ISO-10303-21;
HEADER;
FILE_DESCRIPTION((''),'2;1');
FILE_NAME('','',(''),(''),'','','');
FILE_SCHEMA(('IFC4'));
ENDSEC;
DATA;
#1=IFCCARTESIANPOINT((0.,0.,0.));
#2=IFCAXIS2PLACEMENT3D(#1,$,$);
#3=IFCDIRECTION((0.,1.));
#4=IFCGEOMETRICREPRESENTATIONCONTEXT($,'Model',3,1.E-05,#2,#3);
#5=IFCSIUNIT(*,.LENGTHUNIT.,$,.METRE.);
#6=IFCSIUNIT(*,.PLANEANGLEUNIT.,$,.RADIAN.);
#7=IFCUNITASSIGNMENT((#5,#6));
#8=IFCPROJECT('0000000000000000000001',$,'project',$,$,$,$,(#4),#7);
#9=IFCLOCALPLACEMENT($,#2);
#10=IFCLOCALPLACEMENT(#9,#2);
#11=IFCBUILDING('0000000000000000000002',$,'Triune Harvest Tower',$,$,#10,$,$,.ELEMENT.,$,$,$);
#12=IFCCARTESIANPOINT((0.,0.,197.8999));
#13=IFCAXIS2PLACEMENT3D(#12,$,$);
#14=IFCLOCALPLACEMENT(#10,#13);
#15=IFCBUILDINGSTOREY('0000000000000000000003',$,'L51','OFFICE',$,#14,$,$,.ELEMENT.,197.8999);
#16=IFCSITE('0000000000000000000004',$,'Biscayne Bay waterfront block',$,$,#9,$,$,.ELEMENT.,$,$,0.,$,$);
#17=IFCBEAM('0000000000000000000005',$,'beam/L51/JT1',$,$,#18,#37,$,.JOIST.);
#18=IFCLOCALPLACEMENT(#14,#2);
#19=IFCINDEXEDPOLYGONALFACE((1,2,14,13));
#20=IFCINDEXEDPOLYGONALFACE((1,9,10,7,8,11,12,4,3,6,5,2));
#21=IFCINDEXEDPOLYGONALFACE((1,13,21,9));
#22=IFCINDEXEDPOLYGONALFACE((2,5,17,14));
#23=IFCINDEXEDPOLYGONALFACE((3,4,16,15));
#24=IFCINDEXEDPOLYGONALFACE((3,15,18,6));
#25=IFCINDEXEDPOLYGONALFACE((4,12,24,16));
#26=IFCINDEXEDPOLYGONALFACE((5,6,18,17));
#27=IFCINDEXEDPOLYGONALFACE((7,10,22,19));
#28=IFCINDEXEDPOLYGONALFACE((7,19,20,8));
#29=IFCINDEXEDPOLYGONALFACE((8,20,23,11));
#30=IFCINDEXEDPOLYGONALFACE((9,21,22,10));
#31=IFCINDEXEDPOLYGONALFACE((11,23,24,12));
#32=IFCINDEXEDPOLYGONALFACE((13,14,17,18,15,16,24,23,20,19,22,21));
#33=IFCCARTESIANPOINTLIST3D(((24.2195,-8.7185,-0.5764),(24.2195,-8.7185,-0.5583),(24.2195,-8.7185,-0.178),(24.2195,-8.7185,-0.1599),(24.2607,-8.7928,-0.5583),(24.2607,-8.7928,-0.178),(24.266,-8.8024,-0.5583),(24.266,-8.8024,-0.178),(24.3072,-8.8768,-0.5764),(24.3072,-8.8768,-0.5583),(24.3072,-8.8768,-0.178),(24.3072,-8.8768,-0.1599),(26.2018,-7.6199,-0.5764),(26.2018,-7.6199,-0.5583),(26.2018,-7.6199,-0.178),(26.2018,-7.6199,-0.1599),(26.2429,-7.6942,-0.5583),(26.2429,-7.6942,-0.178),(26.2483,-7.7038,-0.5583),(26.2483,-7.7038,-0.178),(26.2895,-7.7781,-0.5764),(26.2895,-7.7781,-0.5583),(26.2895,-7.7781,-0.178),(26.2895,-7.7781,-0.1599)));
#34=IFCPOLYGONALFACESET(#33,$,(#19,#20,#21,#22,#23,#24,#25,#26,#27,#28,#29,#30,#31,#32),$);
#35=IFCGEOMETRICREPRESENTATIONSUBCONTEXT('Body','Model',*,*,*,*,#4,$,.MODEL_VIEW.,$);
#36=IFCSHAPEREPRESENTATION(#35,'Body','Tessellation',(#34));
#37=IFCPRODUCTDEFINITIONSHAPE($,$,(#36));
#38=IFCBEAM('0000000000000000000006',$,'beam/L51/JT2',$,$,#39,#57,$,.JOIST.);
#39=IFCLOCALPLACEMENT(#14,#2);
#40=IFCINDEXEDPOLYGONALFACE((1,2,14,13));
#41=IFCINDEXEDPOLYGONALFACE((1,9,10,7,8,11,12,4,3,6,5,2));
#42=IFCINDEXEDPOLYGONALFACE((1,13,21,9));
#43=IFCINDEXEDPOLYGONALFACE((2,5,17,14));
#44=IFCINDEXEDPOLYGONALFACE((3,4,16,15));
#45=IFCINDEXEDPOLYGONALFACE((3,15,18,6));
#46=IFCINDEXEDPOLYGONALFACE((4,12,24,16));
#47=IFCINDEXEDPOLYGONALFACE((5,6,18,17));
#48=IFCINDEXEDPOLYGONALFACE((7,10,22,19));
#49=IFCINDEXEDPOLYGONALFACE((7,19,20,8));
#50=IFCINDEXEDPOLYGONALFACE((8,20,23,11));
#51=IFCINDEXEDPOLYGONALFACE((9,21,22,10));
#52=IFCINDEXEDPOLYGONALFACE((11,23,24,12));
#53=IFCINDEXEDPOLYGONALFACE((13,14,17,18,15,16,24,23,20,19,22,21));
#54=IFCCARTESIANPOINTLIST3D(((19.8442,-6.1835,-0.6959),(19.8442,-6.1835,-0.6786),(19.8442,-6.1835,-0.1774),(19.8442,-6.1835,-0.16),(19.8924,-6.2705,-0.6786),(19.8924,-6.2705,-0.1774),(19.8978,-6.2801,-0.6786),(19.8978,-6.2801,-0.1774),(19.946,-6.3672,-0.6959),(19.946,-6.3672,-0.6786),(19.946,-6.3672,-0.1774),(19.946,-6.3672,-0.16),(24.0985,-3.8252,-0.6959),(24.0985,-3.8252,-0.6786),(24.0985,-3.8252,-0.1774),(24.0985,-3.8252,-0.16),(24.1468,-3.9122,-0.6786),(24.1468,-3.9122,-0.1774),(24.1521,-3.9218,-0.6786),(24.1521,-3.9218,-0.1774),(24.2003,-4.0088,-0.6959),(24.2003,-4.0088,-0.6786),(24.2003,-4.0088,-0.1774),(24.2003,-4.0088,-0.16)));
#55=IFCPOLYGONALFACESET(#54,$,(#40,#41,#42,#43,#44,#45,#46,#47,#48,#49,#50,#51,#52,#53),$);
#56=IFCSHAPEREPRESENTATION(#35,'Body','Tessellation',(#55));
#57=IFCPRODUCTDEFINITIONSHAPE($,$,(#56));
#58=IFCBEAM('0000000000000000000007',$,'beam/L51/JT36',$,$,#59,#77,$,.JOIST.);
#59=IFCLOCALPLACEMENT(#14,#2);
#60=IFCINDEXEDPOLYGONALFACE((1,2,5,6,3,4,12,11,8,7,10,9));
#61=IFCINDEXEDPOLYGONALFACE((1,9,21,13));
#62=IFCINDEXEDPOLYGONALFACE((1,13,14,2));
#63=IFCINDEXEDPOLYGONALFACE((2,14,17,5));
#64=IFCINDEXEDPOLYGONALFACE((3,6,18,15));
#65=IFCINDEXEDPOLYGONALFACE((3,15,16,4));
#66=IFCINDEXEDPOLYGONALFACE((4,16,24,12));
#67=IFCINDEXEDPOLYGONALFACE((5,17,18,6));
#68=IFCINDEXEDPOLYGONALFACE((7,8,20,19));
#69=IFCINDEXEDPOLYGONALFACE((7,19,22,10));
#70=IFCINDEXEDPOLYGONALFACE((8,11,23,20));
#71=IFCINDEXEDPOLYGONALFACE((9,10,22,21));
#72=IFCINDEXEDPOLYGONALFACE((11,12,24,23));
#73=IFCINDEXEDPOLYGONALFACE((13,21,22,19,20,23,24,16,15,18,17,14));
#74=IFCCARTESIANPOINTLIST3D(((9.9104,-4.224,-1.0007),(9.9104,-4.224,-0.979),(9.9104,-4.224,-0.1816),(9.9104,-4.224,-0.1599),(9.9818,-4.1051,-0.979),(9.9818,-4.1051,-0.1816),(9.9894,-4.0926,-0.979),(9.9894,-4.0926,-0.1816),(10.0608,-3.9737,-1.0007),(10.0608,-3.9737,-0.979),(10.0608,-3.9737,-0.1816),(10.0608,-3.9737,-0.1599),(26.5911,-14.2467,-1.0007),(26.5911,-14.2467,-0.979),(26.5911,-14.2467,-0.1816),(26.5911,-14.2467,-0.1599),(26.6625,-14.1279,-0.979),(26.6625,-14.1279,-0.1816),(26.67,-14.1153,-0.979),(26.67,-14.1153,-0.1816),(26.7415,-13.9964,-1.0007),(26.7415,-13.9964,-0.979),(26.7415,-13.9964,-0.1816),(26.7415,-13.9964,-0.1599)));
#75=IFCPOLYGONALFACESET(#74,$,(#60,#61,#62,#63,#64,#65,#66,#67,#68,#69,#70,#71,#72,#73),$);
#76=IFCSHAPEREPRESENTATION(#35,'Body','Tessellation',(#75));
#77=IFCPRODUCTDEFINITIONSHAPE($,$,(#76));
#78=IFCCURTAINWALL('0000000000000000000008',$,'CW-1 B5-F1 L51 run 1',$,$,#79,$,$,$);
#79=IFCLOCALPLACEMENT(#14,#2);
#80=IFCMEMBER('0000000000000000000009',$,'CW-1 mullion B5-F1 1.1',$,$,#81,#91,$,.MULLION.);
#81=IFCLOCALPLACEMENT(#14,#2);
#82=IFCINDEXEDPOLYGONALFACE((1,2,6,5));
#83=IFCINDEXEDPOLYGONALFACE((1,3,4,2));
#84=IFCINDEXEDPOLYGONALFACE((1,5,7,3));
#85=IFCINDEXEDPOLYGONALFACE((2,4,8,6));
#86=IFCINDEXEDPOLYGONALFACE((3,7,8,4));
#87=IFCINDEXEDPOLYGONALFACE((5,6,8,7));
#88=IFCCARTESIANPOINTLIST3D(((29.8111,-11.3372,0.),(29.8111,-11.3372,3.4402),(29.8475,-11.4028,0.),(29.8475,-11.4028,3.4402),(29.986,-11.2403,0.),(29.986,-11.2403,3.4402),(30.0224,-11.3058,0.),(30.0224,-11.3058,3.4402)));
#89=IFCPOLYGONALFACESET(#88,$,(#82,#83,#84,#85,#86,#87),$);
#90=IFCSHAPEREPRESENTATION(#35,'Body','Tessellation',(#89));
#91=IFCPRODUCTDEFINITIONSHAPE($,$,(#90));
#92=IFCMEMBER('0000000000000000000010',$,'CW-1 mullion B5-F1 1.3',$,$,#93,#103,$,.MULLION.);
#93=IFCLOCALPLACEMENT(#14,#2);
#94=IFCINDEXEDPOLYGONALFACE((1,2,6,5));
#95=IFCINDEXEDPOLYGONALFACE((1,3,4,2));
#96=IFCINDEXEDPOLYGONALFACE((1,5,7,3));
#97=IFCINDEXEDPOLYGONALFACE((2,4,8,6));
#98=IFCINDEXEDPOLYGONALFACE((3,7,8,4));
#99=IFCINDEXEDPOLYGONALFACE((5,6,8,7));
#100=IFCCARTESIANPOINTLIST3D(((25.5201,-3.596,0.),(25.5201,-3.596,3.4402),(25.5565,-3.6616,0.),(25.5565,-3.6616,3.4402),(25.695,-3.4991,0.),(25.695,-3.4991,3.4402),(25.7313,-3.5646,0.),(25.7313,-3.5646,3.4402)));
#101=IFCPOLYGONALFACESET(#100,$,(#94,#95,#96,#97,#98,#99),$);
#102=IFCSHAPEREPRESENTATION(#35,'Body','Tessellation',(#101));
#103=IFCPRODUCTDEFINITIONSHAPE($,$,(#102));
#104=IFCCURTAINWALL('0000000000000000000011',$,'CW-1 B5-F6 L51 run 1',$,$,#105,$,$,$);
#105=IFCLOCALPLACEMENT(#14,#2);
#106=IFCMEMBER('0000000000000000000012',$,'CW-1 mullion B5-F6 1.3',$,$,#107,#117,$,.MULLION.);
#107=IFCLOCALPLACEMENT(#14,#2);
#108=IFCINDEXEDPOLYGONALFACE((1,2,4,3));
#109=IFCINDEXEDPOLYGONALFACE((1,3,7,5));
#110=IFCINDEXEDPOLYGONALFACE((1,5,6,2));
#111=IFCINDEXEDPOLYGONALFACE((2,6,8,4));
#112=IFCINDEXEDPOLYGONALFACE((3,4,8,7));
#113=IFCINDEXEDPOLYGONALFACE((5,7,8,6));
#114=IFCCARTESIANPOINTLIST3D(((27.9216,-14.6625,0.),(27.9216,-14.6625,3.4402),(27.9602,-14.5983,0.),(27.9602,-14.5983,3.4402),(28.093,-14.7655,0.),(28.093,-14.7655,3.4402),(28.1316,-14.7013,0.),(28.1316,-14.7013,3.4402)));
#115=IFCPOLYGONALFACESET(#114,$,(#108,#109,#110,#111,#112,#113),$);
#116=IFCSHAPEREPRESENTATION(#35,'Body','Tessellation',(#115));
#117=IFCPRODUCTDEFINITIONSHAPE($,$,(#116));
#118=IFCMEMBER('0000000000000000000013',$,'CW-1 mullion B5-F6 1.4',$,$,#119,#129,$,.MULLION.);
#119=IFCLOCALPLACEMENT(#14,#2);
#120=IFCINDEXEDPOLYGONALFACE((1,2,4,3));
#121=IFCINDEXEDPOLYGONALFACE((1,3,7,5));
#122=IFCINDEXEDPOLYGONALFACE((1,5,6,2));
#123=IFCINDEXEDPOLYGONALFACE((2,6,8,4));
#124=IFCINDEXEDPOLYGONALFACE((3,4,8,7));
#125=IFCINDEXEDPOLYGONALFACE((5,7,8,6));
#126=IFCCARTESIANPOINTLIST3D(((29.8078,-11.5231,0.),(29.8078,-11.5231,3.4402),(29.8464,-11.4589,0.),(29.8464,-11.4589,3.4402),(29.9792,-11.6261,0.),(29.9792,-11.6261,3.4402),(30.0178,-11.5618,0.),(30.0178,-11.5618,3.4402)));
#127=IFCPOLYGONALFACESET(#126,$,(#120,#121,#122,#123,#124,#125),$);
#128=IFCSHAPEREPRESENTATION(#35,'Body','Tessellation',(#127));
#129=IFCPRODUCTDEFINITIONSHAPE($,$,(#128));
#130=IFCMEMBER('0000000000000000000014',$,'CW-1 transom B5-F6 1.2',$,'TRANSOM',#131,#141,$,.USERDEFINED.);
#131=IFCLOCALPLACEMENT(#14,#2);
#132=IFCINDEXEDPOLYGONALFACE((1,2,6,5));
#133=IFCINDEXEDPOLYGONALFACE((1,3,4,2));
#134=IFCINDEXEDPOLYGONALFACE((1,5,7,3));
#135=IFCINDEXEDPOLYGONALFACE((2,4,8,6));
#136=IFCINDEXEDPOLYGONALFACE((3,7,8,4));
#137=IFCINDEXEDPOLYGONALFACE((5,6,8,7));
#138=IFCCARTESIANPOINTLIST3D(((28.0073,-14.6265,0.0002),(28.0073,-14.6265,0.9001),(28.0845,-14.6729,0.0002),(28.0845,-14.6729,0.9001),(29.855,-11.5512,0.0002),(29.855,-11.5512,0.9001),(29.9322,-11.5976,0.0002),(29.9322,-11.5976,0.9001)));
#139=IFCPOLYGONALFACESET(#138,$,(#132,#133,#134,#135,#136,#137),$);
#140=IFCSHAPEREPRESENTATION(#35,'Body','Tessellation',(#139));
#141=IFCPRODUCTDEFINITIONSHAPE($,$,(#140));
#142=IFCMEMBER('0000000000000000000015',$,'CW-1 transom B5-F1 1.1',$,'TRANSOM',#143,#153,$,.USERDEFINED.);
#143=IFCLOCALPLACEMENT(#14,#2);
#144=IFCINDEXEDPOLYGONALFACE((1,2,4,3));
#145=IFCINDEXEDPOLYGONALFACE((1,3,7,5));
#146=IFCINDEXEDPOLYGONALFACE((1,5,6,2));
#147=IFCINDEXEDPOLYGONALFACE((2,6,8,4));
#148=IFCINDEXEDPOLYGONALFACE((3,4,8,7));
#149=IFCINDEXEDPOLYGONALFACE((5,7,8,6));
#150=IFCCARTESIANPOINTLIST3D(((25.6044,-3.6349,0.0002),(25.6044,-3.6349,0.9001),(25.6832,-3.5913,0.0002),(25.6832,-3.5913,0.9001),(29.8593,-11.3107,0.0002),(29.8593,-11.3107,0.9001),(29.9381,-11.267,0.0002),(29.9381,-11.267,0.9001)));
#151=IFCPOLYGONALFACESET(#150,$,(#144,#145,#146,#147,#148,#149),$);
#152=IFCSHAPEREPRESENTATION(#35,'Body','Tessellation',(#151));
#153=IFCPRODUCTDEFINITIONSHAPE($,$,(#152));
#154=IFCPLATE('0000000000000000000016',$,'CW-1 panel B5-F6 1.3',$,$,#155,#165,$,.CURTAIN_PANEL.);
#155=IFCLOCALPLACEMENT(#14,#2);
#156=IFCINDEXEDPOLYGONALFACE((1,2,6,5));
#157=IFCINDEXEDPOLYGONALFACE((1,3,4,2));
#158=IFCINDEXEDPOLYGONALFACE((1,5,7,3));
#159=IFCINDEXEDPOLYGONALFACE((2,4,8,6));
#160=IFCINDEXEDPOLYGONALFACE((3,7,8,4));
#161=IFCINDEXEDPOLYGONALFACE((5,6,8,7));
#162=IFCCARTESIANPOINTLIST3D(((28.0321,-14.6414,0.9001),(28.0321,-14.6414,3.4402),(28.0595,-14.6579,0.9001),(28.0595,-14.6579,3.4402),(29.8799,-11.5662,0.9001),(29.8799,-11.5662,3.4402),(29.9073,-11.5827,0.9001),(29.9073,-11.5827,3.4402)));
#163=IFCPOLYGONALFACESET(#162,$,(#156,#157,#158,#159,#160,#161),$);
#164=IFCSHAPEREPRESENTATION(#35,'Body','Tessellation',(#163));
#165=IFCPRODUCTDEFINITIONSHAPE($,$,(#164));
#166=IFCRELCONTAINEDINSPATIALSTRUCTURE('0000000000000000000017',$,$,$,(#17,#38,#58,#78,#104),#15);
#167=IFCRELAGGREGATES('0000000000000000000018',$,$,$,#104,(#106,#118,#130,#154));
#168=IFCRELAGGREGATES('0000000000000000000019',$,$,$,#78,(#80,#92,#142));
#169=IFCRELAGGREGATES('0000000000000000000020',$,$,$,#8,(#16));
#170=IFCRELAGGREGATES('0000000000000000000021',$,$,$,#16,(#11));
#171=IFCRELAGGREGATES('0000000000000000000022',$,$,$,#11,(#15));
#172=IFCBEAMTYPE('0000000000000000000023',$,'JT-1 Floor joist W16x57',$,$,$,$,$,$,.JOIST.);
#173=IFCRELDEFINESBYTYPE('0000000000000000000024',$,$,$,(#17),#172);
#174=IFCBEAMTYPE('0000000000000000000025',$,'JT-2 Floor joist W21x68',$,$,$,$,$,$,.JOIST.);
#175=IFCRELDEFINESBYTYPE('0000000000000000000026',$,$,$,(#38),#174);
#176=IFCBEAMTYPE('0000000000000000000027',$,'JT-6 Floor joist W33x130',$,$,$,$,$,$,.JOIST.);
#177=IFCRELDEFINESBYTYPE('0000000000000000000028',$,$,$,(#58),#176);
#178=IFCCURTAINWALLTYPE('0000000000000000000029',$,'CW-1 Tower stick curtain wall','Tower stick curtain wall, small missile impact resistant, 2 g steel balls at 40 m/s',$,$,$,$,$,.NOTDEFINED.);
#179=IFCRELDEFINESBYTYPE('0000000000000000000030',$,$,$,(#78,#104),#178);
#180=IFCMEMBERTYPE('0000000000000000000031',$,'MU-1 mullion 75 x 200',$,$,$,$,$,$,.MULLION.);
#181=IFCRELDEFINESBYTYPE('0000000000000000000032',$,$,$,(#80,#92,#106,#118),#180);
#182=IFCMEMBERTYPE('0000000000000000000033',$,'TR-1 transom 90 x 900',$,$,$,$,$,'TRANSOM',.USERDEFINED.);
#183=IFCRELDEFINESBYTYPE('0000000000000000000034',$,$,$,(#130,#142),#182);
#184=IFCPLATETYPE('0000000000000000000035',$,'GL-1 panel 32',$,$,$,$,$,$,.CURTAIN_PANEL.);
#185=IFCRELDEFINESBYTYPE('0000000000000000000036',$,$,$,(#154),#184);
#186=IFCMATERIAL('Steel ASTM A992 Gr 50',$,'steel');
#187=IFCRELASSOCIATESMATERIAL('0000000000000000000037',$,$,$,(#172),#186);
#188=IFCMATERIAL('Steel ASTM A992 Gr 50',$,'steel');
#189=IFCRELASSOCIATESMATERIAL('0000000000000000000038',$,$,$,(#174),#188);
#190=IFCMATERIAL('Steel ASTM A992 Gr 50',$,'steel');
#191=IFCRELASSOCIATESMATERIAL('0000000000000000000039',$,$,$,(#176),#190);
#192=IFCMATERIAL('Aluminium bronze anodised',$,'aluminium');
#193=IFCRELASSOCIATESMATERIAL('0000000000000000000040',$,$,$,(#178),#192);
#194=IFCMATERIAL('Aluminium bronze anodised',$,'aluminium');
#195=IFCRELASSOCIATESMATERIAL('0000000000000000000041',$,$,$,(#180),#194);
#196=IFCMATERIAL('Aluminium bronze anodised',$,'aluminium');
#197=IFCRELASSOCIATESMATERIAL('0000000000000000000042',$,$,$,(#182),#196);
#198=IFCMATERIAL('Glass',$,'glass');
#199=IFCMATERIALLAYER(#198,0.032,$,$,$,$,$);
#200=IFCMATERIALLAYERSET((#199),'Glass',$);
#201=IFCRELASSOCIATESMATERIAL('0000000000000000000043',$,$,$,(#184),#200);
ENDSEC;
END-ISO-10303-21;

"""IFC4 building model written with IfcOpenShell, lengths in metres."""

from ifc_helpers import new_model, si_unit, direction, frame, origin, origin_2d, place, context, subcontext, project, spatial, rectangle, i_section, extrude, source, transform, mapped, material, layer, layer_set, material_profile, profile_set, type_object, element, aggregate, save


model = new_model("IFC4")

# Units and contexts
model_context = context("Model", 3, precision=1e-05, world=origin(), true_north=direction((0.0, 1.0)))
body_context = subcontext(model_context, "Body", "Model", "MODEL_VIEW")
ifc_project = project(units=[si_unit("LENGTHUNIT", "METRE"), si_unit("PLANEANGLEUNIT", "RADIAN")], contexts=[model_context])

# Site, building, storey
site_placement = place(None, origin())
site = spatial("IfcSite", under=ifc_project, at=site_placement, Name="Biscayne Bay waterfront block", CompositionType="ELEMENT", RefElevation=0.0)
building_placement = place(site_placement, origin())
building = spatial("IfcBuilding", under=site, at=building_placement, Name="Triune Harvest Tower", CompositionType="ELEMENT")
storey_placement = place(building_placement, frame((0.0, 0.0, 197.8999)))
storey = spatial("IfcBuildingStorey", under=building, at=storey_placement, Name="L51", Description="OFFICE", CompositionType="ELEMENT", Elevation=197.8999)

# Beams
ifc_material_1 = material(Name="Steel ASTM A992 Gr 50", Category="steel")
ifc_material_profile_1 = material_profile(ifc_material_1, i_section(OverallWidth=0.1809, OverallDepth=0.4165, WebThickness=0.011, FlangeThickness=0.0181, at=origin_2d()), Name="W16x57")
ifc_profile_set_1 = profile_set([ifc_material_profile_1], Name="Steel ASTM A992 Gr 50")
beam_type_1 = type_object("IfcBeamType", Name="JT-1 Floor joist W16x57", PredefinedType="JOIST", material=ifc_profile_set_1)
shared_shape_1 = source(origin(), body_context, "Body", "SweptSolid", [
    extrude(i_section(OverallWidth=0.1809, OverallDepth=0.4165, WebThickness=0.011, FlangeThickness=0.0181, at=origin_2d()), origin(), (0.0, 0.0, 1.0), 2.2664),
])
beam_1_placement = place(storey_placement, frame((26.2456, -7.699, -0.3682), z_axis=(-0.87464, -0.484774, 0.0), x_axis=(0.484774, -0.87464, 0.0)))
element("IfcBeam", 1, at=beam_1_placement, inside=storey, type_object=beam_type_1, Name="beam/L51/JT1", PredefinedType="JOIST", context=body_context, shape_type="MappedRepresentation", body=[
    mapped(shared_shape_1, transform((0.0, 0.0, 0.0), scale=1.0)),
])
ifc_material_2 = material(Name="Steel ASTM A992 Gr 50", Category="steel")
ifc_material_profile_2 = material_profile(ifc_material_2, i_section(OverallWidth=0.21, OverallDepth=0.5359, WebThickness=0.011, FlangeThickness=0.0173, at=origin_2d()), Name="W21x68")
ifc_profile_set_2 = profile_set([ifc_material_profile_2], Name="Steel ASTM A992 Gr 50")
beam_type_2 = type_object("IfcBeamType", Name="JT-2 Floor joist W21x68", PredefinedType="JOIST", material=ifc_profile_set_2)
shared_shape_2 = source(origin(), body_context, "Body", "SweptSolid", [
    extrude(i_section(OverallWidth=0.21, OverallDepth=0.5359, WebThickness=0.011, FlangeThickness=0.0173, at=origin_2d()), origin(), (0.0, 0.0, 1.0), 4.8643),
])
beam_2_placement = place(storey_placement, frame((24.1494, -3.917, -0.428), z_axis=(-0.874607, -0.484833, 0.0), x_axis=(0.484833, -0.874607, 0.0)))
element("IfcBeam", 2, at=beam_2_placement, inside=storey, type_object=beam_type_2, Name="beam/L51/JT2", PredefinedType="JOIST", context=body_context, shape_type="MappedRepresentation", body=[
    mapped(shared_shape_2, transform((0.0, 0.0, 0.0), scale=1.0)),
])
ifc_material_3 = material(Name="Steel ASTM A992 Gr 50", Category="steel")
ifc_material_profile_3 = material_profile(ifc_material_3, i_section(OverallWidth=0.292, OverallDepth=0.8408, WebThickness=0.0146, FlangeThickness=0.0217, at=origin_2d()), Name="W33x130")
ifc_profile_set_3 = profile_set([ifc_material_profile_3], Name="Steel ASTM A992 Gr 50")
beam_type_3 = type_object("IfcBeamType", Name="JT-6 Floor joist W33x130", PredefinedType="JOIST", material=ifc_profile_set_3)
shared_shape_3 = source(origin(), body_context, "Body", "SweptSolid", [
    extrude(i_section(OverallWidth=0.292, OverallDepth=0.8408, WebThickness=0.0146, FlangeThickness=0.0217, at=origin_2d()), origin(), (0.0, 0.0, 1.0), 19.4602),
])
beam_3_placement = place(storey_placement, frame((26.6663, -14.1216, -0.5803), z_axis=(-0.857168, 0.515036, 0.0), x_axis=(-0.515036, -0.857168, 0.0)))
element("IfcBeam", 3, at=beam_3_placement, inside=storey, type_object=beam_type_3, Name="beam/L51/JT36", PredefinedType="JOIST", context=body_context, shape_type="MappedRepresentation", body=[
    mapped(shared_shape_3, transform((0.0, 0.0, 0.0), scale=1.0)),
])

# Curtain walls, members
ifc_material_4 = material(Name="Aluminium bronze anodised", Category="aluminium")
curtain_wall_type = type_object("IfcCurtainWallType", Name="CW-1 Tower stick curtain wall", Description="Tower stick curtain wall, small missile impact resistant, 2 g steel balls at 40 m/s", PredefinedType="NOTDEFINED", material=ifc_material_4)
curtain_wall_1_placement = place(storey_placement, origin())
curtain_wall_1 = element("IfcCurtainWall", 4, at=curtain_wall_1_placement, inside=storey, type_object=curtain_wall_type, Name="CW-1 B5-F1 L51 run 1")
ifc_material_5 = material(Name="Aluminium bronze anodised", Category="aluminium")
ifc_material_profile_4 = material_profile(ifc_material_5, rectangle(XDim=0.2, YDim=0.075, at=origin_2d()), Name="MU-1 mullion 75 x 200")
ifc_profile_set_4 = profile_set([ifc_material_profile_4], Name="Aluminium bronze anodised")
member_type_1 = type_object("IfcMemberType", Name="MU-1 mullion 75 x 200", PredefinedType="MULLION", material=ifc_profile_set_4)
shared_shape_4 = source(origin(), body_context, "Body", "SweptSolid", [
    extrude(rectangle(XDim=0.2, YDim=0.075, at=origin_2d()), origin(), (0.0, 0.0, 1.0), 3.4402),
])
member_1_placement = place(storey_placement, frame((29.9167, -11.3215, 0.0), z_axis=(0.0, 0.0, 1.0), x_axis=(-0.874621, -0.484808, 0.0)))
member_1 = element("IfcMember", 5, at=member_1_placement, type_object=member_type_1, Name="CW-1 mullion B5-F1 1.1", PredefinedType="MULLION", context=body_context, shape_type="MappedRepresentation", body=[
    mapped(shared_shape_4, transform((0.0, 0.0, 0.0), scale=1.0)),
])
member_2_placement = place(storey_placement, frame((25.6257, -3.5803, 0.0), z_axis=(0.0, 0.0, 1.0), x_axis=(-0.874621, -0.484808, 0.0)))
member_2 = element("IfcMember", 6, at=member_2_placement, type_object=member_type_1, Name="CW-1 mullion B5-F1 1.3", PredefinedType="MULLION", context=body_context, shape_type="MappedRepresentation", body=[
    mapped(shared_shape_4, transform((0.0, 0.0, 0.0), scale=1.0)),
])
curtain_wall_2_placement = place(storey_placement, origin())
curtain_wall_2 = element("IfcCurtainWall", 7, at=curtain_wall_2_placement, inside=storey, type_object=curtain_wall_type, Name="CW-1 B5-F6 L51 run 1")
member_3_placement = place(storey_placement, frame((28.0266, -14.6819, 0.0), z_axis=(0.0, 0.0, 1.0), x_axis=(-0.857168, 0.515037, 0.0)))
member_3 = element("IfcMember", 8, at=member_3_placement, type_object=member_type_1, Name="CW-1 mullion B5-F6 1.3", PredefinedType="MULLION", context=body_context, shape_type="MappedRepresentation", body=[
    mapped(shared_shape_4, transform((0.0, 0.0, 0.0), scale=1.0)),
])
member_4_placement = place(storey_placement, frame((29.9128, -11.5425, 0.0), z_axis=(0.0, 0.0, 1.0), x_axis=(-0.857168, 0.515037, 0.0)))
member_4 = element("IfcMember", 9, at=member_4_placement, type_object=member_type_1, Name="CW-1 mullion B5-F6 1.4", PredefinedType="MULLION", context=body_context, shape_type="MappedRepresentation", body=[
    mapped(shared_shape_4, transform((0.0, 0.0, 0.0), scale=1.0)),
])
ifc_material_6 = material(Name="Aluminium bronze anodised", Category="aluminium")
ifc_material_profile_5 = material_profile(ifc_material_6, rectangle(XDim=0.0901, YDim=0.8999, at=origin_2d()), Name="TR-1 transom 90 x 900")
ifc_profile_set_5 = profile_set([ifc_material_profile_5], Name="Aluminium bronze anodised")
member_type_2 = type_object("IfcMemberType", Name="TR-1 transom 90 x 900", ElementType="TRANSOM", PredefinedType="USERDEFINED", material=ifc_profile_set_5)
shared_shape_5 = source(origin(), body_context, "Body", "SweptSolid", [
    extrude(rectangle(XDim=0.0901, YDim=0.8999, at=origin_2d()), origin(), (0.0, 0.0, 1.0), 3.5876),
])
member_5_placement = place(storey_placement, frame((28.0459, -14.6497, 0.4502), z_axis=(0.515016, 0.857181, 0.0), x_axis=(-0.857181, 0.515016, 0.0)))
member_5 = element("IfcMember", 10, at=member_5_placement, type_object=member_type_2, Name="CW-1 transom B5-F6 1.2", ObjectType="TRANSOM", PredefinedType="USERDEFINED", context=body_context, shape_type="MappedRepresentation", body=[
    mapped(shared_shape_5, transform((0.0, 0.0, 0.0), scale=1.0)),
])

# Member
shared_shape_6 = source(origin(), body_context, "Body", "SweptSolid", [
    extrude(rectangle(XDim=0.0901, YDim=0.8999, at=origin_2d()), origin(), (0.0, 0.0, 1.0), 8.7761),
])
member_6_placement = place(storey_placement, frame((29.8987, -11.2888, 0.4502), z_axis=(-0.484821, 0.874614, 0.0), x_axis=(-0.874614, -0.484821, 0.0)))
member_6 = element("IfcMember", 11, at=member_6_placement, type_object=member_type_2, Name="CW-1 transom B5-F1 1.1", ObjectType="TRANSOM", PredefinedType="USERDEFINED", context=body_context, shape_type="MappedRepresentation", body=[
    mapped(shared_shape_6, transform((0.0, 0.0, 0.0), scale=1.0)),
])

# Plate
ifc_material_7 = material(Name="Glass", Category="glass")
ifc_layer_1 = layer(ifc_material_7, 0.032)
ifc_layer_set_1 = layer_set([ifc_layer_1], Name="Glass")
plate_type = type_object("IfcPlateType", Name="GL-1 panel 32", PredefinedType="CURTAIN_PANEL", material=ifc_layer_set_1)
shared_shape_7 = source(origin(), body_context, "Body", "SweptSolid", [
    extrude(rectangle(XDim=3.5876, YDim=0.032, at=origin_2d()), origin(), (0.0, 0.0, 1.0), 2.54),
])
plate_1_placement = place(storey_placement, frame((28.9697, -13.1121, 0.9001), z_axis=(0.0, 0.0, 1.0), x_axis=(0.515037, 0.857168, 0.0)))
plate_1 = element("IfcPlate", 12, at=plate_1_placement, type_object=plate_type, Name="CW-1 panel B5-F6 1.3", PredefinedType="CURTAIN_PANEL", context=body_context, shape_type="MappedRepresentation", body=[
    mapped(shared_shape_7, transform((0.0, 0.0, 0.0), scale=1.0)),
])
aggregate(curtain_wall_2, [member_3, member_4, member_5, plate_1])
aggregate(curtain_wall_1, [member_1, member_2, member_6])

save(model, "model.ifc")
